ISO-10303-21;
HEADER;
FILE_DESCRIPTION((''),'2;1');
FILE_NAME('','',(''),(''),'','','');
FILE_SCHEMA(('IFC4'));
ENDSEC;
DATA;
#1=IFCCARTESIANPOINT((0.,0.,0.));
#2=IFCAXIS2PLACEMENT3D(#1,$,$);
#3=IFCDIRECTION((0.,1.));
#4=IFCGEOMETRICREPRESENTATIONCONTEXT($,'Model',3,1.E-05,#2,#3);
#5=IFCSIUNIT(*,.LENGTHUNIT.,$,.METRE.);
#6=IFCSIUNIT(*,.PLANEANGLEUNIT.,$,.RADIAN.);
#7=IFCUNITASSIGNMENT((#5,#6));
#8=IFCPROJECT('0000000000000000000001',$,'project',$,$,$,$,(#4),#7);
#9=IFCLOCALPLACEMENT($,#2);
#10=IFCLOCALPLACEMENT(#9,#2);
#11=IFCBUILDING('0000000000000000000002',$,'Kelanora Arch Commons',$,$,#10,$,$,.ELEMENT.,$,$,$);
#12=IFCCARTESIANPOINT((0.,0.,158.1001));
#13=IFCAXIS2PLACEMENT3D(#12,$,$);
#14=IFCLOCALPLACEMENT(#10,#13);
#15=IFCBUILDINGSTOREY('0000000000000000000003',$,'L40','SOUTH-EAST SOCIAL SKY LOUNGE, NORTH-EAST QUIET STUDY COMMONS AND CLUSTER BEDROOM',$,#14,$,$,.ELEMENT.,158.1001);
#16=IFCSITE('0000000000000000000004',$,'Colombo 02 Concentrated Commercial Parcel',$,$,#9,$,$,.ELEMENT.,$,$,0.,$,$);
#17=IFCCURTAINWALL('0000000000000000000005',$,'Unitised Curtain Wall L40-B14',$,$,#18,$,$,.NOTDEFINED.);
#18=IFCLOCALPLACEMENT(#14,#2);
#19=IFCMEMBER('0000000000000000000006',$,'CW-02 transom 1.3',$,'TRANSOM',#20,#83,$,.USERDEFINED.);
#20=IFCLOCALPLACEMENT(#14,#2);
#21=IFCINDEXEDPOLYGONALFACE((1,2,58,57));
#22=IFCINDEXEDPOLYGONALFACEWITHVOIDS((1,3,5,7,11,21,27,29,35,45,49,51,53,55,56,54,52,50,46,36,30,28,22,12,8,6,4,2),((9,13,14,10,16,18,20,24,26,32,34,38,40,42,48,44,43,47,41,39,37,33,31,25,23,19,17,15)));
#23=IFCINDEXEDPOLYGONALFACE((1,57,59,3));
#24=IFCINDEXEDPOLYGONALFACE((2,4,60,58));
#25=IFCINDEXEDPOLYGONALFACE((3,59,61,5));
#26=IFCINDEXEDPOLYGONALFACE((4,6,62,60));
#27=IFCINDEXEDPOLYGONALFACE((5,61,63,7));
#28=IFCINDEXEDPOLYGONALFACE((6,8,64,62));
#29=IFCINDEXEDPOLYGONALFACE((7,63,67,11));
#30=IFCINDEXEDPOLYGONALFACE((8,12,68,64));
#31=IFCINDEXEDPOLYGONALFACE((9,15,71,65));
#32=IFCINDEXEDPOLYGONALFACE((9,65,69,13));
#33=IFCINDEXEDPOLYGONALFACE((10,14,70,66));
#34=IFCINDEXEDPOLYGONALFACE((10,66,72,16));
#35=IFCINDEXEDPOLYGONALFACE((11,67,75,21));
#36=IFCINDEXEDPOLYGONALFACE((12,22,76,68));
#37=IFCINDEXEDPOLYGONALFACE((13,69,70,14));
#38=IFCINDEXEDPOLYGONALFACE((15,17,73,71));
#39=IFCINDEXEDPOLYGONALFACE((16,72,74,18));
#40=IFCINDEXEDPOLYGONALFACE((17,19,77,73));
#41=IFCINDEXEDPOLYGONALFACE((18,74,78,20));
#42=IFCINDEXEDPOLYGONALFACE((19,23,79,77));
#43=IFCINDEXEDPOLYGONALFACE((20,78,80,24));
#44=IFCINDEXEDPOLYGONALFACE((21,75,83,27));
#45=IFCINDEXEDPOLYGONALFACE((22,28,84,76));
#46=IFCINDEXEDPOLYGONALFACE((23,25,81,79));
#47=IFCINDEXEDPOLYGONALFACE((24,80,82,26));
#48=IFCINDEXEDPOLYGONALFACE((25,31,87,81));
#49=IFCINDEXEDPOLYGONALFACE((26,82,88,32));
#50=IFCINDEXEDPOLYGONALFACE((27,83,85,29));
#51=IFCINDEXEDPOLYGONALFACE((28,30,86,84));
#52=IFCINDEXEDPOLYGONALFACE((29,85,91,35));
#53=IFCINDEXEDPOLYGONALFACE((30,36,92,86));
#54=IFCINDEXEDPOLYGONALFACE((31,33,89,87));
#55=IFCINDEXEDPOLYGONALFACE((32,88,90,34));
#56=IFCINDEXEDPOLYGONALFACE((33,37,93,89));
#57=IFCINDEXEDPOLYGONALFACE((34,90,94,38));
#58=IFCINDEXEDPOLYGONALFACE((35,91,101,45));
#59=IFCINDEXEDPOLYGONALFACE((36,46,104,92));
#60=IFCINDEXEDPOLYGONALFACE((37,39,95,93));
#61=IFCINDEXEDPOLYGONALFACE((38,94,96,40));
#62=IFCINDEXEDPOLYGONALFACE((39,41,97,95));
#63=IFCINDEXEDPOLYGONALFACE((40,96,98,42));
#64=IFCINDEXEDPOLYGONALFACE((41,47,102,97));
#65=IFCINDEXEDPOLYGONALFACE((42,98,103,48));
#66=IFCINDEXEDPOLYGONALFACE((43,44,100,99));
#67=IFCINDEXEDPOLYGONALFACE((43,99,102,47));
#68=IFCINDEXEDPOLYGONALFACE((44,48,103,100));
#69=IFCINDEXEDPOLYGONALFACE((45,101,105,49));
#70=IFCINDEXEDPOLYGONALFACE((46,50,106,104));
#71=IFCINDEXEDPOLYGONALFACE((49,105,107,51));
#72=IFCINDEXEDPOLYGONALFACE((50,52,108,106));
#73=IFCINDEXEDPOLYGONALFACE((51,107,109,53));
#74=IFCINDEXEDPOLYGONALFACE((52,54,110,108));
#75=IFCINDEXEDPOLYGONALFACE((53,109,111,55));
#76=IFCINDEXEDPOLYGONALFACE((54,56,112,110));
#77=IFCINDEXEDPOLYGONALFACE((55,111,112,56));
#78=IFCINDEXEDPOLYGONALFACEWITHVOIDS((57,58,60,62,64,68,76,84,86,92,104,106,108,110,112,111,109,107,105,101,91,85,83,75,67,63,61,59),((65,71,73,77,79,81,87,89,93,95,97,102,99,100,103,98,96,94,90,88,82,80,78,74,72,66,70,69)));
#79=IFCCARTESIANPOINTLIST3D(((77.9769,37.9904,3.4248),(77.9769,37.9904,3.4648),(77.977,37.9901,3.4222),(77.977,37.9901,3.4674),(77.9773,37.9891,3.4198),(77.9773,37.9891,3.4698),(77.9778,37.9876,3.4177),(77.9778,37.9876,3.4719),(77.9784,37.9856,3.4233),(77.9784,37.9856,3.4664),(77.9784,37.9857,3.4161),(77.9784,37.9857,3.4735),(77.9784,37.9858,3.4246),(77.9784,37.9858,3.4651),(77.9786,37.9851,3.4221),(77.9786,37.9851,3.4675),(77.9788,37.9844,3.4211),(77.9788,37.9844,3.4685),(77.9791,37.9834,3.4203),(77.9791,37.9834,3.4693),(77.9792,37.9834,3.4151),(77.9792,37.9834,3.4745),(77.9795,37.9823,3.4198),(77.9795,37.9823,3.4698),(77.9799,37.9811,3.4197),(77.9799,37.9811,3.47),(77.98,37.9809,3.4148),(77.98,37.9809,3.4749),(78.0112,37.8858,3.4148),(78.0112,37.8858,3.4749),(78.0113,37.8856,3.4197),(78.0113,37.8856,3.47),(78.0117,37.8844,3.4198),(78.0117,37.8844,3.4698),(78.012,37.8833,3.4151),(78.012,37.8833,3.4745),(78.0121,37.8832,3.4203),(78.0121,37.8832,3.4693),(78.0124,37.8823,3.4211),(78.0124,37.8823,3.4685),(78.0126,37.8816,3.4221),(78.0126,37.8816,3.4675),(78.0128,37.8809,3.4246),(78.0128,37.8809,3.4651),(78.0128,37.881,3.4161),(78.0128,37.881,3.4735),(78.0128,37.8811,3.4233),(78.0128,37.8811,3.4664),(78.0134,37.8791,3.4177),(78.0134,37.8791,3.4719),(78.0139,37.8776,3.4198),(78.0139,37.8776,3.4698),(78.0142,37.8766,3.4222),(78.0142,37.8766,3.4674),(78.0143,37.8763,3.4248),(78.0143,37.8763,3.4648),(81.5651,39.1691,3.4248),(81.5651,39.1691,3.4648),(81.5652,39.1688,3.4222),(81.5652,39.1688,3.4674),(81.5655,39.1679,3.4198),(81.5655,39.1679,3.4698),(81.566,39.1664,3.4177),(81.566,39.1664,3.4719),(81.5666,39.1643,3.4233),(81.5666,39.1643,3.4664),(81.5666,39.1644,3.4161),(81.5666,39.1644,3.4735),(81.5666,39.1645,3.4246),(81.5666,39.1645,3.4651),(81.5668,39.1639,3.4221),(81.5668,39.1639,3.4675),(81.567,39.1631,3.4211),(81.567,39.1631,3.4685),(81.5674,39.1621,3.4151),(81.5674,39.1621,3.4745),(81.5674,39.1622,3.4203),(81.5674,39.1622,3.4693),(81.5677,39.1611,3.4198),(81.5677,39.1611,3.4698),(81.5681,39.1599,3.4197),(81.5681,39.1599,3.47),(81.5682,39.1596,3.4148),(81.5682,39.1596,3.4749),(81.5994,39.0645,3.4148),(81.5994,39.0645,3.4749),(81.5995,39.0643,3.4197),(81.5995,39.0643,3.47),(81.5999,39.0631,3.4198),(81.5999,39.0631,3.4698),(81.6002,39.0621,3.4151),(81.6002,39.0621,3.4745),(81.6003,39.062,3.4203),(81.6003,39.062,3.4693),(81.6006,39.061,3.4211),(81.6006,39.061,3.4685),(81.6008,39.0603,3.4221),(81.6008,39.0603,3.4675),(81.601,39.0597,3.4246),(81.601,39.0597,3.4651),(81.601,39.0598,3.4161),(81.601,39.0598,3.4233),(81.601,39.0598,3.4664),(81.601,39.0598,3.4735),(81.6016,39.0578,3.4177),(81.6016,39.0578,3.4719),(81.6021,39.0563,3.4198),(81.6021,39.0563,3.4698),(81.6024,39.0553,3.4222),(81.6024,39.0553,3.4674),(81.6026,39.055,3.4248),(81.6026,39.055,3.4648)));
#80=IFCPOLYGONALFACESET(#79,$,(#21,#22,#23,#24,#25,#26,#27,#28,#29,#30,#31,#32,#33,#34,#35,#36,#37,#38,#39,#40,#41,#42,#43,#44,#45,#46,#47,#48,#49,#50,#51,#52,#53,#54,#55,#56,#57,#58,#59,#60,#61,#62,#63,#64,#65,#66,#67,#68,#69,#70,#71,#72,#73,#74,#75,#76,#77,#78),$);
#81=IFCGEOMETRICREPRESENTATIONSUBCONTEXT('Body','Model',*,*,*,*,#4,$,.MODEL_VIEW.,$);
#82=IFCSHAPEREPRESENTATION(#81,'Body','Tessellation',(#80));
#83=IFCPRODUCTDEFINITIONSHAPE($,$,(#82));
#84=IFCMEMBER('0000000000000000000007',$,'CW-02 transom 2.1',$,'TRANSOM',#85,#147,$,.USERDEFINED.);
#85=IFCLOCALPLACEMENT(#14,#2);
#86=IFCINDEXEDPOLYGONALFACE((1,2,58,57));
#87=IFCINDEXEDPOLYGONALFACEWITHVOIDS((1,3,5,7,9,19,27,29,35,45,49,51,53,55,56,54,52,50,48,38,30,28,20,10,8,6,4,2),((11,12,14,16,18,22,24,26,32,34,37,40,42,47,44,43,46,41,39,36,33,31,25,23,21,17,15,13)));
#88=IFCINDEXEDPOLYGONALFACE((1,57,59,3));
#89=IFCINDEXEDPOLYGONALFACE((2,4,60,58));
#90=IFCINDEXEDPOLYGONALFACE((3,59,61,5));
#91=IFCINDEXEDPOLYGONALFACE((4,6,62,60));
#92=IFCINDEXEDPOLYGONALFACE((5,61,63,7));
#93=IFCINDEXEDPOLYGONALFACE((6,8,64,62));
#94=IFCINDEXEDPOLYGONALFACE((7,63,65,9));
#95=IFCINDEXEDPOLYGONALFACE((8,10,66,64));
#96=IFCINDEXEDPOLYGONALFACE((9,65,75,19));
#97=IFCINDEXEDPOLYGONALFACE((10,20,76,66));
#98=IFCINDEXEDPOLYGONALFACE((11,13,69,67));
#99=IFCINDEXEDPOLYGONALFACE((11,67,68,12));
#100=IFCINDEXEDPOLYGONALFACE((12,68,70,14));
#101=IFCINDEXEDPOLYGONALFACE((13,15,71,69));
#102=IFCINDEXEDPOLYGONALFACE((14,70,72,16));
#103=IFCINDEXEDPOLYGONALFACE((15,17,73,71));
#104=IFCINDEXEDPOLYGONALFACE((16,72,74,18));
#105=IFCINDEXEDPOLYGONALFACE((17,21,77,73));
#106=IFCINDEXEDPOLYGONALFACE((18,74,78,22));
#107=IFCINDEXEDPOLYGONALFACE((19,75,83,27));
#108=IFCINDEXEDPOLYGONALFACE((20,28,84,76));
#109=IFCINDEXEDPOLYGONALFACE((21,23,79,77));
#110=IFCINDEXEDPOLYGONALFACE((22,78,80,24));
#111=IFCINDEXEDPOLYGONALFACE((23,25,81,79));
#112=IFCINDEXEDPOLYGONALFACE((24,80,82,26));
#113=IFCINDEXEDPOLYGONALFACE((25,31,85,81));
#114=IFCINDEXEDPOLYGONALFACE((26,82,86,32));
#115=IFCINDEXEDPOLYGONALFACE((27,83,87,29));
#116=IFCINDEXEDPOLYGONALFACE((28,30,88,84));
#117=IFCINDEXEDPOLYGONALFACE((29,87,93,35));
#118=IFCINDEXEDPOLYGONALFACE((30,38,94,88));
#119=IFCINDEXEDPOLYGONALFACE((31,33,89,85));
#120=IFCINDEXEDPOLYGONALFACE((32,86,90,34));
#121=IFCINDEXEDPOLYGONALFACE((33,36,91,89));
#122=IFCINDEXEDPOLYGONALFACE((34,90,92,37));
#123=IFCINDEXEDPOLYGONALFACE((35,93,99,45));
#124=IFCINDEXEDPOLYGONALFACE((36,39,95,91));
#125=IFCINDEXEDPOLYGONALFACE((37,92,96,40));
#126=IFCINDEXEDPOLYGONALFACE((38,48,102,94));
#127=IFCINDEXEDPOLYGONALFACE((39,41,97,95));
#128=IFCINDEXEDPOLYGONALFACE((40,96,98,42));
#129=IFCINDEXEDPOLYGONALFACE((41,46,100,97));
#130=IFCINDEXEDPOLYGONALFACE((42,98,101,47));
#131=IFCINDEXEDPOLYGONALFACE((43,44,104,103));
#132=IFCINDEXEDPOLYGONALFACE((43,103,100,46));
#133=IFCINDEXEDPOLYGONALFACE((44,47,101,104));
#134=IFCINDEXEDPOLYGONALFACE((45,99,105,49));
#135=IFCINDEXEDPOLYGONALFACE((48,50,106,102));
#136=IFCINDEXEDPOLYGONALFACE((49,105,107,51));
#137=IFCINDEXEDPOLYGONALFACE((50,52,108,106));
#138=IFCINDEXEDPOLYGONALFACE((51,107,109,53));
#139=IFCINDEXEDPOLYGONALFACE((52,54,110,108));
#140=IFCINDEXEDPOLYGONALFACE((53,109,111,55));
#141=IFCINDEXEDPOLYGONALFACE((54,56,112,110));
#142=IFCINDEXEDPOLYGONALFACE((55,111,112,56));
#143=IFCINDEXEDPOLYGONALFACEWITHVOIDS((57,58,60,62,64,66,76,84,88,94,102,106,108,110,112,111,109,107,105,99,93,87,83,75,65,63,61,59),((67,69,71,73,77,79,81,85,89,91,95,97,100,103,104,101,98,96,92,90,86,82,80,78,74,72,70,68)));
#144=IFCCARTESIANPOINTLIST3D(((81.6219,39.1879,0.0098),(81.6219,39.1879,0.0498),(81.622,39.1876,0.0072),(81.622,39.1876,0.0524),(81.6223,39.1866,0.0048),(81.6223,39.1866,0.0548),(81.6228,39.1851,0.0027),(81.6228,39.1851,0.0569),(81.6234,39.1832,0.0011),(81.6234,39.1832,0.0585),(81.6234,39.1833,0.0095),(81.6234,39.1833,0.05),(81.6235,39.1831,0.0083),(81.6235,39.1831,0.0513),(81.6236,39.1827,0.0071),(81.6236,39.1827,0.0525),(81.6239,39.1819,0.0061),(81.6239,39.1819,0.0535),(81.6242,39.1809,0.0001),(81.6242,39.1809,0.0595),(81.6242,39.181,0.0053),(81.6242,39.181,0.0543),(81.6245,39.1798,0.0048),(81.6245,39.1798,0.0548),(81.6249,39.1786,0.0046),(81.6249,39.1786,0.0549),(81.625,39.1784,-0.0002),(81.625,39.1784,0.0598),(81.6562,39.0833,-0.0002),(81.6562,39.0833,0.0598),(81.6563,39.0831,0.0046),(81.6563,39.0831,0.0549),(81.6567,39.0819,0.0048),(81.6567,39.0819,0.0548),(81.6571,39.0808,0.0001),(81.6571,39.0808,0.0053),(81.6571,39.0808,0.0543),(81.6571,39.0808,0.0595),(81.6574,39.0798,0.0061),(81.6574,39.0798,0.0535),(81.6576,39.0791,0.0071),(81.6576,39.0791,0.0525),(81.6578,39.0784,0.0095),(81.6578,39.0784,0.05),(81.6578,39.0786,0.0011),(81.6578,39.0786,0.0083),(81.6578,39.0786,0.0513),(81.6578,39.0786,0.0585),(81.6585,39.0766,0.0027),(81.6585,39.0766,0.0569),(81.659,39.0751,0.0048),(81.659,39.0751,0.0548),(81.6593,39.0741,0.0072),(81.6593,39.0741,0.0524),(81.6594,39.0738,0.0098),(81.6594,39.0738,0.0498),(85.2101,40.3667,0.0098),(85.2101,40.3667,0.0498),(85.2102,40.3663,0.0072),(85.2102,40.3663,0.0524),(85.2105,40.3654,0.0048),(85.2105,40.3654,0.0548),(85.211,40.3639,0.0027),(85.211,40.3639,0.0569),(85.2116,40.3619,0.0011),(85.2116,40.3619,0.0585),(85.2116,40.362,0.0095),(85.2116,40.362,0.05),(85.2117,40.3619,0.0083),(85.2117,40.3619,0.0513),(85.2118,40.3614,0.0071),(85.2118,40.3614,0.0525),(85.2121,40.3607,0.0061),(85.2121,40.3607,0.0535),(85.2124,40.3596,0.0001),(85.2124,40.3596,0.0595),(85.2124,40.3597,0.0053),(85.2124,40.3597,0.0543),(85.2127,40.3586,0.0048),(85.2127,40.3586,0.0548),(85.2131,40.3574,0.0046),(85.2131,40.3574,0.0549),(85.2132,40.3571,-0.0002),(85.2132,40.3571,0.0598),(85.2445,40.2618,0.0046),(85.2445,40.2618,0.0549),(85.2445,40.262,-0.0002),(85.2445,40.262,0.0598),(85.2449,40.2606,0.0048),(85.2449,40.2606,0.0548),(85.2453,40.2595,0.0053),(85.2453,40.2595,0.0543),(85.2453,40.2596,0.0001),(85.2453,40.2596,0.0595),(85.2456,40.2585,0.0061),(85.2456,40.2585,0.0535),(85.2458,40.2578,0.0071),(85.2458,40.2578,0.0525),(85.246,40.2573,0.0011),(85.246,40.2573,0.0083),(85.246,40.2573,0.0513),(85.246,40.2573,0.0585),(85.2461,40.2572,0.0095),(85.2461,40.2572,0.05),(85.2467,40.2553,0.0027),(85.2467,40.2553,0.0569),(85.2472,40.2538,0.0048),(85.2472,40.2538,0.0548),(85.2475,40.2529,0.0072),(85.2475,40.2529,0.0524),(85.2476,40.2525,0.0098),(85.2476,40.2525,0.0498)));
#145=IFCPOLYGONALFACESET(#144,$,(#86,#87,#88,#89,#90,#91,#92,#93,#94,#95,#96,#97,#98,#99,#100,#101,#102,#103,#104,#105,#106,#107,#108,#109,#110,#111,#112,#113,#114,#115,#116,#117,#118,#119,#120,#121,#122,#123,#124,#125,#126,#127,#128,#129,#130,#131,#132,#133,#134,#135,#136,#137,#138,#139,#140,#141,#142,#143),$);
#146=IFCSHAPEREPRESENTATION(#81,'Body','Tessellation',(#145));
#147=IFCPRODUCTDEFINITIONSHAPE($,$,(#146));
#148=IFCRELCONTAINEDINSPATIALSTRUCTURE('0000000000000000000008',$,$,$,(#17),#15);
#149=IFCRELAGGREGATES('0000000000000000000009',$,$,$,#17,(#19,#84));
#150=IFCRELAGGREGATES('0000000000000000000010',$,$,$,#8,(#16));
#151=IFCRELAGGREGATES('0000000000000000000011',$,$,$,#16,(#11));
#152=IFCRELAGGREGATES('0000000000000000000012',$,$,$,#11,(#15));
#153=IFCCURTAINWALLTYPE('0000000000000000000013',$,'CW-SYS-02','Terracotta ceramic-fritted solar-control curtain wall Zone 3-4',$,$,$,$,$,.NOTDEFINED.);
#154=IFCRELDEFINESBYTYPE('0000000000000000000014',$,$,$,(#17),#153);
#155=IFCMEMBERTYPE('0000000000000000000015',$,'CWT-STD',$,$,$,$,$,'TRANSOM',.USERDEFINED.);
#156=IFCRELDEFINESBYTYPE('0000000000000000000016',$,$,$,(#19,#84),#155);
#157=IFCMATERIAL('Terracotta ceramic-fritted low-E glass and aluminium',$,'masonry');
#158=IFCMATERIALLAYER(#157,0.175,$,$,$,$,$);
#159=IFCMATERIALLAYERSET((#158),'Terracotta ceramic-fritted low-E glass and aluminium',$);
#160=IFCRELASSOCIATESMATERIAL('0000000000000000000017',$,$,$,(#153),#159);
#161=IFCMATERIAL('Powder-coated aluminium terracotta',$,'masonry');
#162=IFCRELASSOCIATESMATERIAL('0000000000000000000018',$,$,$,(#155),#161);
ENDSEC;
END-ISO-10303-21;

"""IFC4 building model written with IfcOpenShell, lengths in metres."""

from ifc_helpers import new_model, si_unit, direction, frame, origin, origin_2d, place, context, subcontext, project, spatial, hollow_rectangle, extrude, material, layer, layer_set, material_profile, profile_set, type_object, element, aggregate, save


model = new_model("IFC4")

# Units and contexts
model_context = context("Model", 3, precision=1e-05, world=origin(), true_north=direction((0.0, 1.0)))
body_context = subcontext(model_context, "Body", "Model", "MODEL_VIEW")
ifc_project = project(units=[si_unit("LENGTHUNIT", "METRE"), si_unit("PLANEANGLEUNIT", "RADIAN")], contexts=[model_context])

# Site, building, storey
site_placement = place(None, origin())
site = spatial("IfcSite", under=ifc_project, at=site_placement, Name="Colombo 02 Concentrated Commercial Parcel", CompositionType="ELEMENT", RefElevation=0.0)
building_placement = place(site_placement, origin())
building = spatial("IfcBuilding", under=site, at=building_placement, Name="Kelanora Arch Commons", CompositionType="ELEMENT")
storey_placement = place(building_placement, frame((0.0, 0.0, 158.1001)))
storey = spatial("IfcBuildingStorey", under=building, at=storey_placement, Name="L40", Description="SOUTH-EAST SOCIAL SKY LOUNGE, NORTH-EAST QUIET STUDY COMMONS AND CLUSTER BEDROOM", CompositionType="ELEMENT", Elevation=158.1001)

# Curtain wall, members
ifc_material_1 = material(Name="Terracotta ceramic-fritted low-E glass and aluminium", Category="masonry")
ifc_layer_1 = layer(ifc_material_1, 0.175)
ifc_layer_set_1 = layer_set([ifc_layer_1], Name="Terracotta ceramic-fritted low-E glass and aluminium")
curtain_wall_type = type_object("IfcCurtainWallType", Name="CW-SYS-02", Description="Terracotta ceramic-fritted solar-control curtain wall Zone 3-4", PredefinedType="NOTDEFINED", material=ifc_layer_set_1)
curtain_wall_placement = place(storey_placement, origin())
curtain_wall = element("IfcCurtainWall", 1, at=curtain_wall_placement, inside=storey, type_object=curtain_wall_type, Name="Unitised Curtain Wall L40-B14", PredefinedType="NOTDEFINED")
ifc_material_2 = material(Name="Powder-coated aluminium terracotta", Category="masonry")
ifc_material_profile_1 = material_profile(ifc_material_2, hollow_rectangle(XDim=0.1201, YDim=0.0601, WallThickness=0.0049, InnerFilletRadius=0.0049, OuterFilletRadius=0.01, at=origin_2d()), Name="CWT120x60")
ifc_profile_set_1 = profile_set([ifc_material_profile_1], Name="Powder-coated aluminium terracotta")
member_type_1 = type_object("IfcMemberType", Name="CWT-STD", ElementType="TRANSOM", PredefinedType="USERDEFINED", material=ifc_profile_set_1)
member_1_placement = place(storey_placement, frame((77.9956, 37.9333, 3.4448), z_axis=(0.950051, 0.312094, 0.0), x_axis=(-0.312094, 0.950051, 0.0)))
member_1 = element("IfcMember", 2, at=member_1_placement, type_object=member_type_1, Name="CW-02 transom 1.3", ObjectType="TRANSOM", PredefinedType="USERDEFINED", context=body_context, shape_type="SweptSolid", body=[
    extrude(hollow_rectangle(XDim=0.1201, YDim=0.0601, WallThickness=0.0049, InnerFilletRadius=0.0049, OuterFilletRadius=0.01, at=origin_2d()), origin(), (0.0, 0.0, 1.0), 3.7769),
])
member_2_placement = place(storey_placement, frame((81.6406, 39.1309, 0.0298), z_axis=(0.950051, 0.312094, 0.0), x_axis=(-0.312094, 0.950051, 0.0)))
member_2 = element("IfcMember", 3, at=member_2_placement, type_object=member_type_1, Name="CW-02 transom 2.1", ObjectType="TRANSOM", PredefinedType="USERDEFINED", context=body_context, shape_type="SweptSolid", body=[
    extrude(hollow_rectangle(XDim=0.1201, YDim=0.0601, WallThickness=0.0049, InnerFilletRadius=0.0049, OuterFilletRadius=0.01, at=origin_2d()), origin(), (0.0, 0.0, 1.0), 3.7769),
])
aggregate(curtain_wall, [member_1, member_2])

save(model, "model.ifc")
